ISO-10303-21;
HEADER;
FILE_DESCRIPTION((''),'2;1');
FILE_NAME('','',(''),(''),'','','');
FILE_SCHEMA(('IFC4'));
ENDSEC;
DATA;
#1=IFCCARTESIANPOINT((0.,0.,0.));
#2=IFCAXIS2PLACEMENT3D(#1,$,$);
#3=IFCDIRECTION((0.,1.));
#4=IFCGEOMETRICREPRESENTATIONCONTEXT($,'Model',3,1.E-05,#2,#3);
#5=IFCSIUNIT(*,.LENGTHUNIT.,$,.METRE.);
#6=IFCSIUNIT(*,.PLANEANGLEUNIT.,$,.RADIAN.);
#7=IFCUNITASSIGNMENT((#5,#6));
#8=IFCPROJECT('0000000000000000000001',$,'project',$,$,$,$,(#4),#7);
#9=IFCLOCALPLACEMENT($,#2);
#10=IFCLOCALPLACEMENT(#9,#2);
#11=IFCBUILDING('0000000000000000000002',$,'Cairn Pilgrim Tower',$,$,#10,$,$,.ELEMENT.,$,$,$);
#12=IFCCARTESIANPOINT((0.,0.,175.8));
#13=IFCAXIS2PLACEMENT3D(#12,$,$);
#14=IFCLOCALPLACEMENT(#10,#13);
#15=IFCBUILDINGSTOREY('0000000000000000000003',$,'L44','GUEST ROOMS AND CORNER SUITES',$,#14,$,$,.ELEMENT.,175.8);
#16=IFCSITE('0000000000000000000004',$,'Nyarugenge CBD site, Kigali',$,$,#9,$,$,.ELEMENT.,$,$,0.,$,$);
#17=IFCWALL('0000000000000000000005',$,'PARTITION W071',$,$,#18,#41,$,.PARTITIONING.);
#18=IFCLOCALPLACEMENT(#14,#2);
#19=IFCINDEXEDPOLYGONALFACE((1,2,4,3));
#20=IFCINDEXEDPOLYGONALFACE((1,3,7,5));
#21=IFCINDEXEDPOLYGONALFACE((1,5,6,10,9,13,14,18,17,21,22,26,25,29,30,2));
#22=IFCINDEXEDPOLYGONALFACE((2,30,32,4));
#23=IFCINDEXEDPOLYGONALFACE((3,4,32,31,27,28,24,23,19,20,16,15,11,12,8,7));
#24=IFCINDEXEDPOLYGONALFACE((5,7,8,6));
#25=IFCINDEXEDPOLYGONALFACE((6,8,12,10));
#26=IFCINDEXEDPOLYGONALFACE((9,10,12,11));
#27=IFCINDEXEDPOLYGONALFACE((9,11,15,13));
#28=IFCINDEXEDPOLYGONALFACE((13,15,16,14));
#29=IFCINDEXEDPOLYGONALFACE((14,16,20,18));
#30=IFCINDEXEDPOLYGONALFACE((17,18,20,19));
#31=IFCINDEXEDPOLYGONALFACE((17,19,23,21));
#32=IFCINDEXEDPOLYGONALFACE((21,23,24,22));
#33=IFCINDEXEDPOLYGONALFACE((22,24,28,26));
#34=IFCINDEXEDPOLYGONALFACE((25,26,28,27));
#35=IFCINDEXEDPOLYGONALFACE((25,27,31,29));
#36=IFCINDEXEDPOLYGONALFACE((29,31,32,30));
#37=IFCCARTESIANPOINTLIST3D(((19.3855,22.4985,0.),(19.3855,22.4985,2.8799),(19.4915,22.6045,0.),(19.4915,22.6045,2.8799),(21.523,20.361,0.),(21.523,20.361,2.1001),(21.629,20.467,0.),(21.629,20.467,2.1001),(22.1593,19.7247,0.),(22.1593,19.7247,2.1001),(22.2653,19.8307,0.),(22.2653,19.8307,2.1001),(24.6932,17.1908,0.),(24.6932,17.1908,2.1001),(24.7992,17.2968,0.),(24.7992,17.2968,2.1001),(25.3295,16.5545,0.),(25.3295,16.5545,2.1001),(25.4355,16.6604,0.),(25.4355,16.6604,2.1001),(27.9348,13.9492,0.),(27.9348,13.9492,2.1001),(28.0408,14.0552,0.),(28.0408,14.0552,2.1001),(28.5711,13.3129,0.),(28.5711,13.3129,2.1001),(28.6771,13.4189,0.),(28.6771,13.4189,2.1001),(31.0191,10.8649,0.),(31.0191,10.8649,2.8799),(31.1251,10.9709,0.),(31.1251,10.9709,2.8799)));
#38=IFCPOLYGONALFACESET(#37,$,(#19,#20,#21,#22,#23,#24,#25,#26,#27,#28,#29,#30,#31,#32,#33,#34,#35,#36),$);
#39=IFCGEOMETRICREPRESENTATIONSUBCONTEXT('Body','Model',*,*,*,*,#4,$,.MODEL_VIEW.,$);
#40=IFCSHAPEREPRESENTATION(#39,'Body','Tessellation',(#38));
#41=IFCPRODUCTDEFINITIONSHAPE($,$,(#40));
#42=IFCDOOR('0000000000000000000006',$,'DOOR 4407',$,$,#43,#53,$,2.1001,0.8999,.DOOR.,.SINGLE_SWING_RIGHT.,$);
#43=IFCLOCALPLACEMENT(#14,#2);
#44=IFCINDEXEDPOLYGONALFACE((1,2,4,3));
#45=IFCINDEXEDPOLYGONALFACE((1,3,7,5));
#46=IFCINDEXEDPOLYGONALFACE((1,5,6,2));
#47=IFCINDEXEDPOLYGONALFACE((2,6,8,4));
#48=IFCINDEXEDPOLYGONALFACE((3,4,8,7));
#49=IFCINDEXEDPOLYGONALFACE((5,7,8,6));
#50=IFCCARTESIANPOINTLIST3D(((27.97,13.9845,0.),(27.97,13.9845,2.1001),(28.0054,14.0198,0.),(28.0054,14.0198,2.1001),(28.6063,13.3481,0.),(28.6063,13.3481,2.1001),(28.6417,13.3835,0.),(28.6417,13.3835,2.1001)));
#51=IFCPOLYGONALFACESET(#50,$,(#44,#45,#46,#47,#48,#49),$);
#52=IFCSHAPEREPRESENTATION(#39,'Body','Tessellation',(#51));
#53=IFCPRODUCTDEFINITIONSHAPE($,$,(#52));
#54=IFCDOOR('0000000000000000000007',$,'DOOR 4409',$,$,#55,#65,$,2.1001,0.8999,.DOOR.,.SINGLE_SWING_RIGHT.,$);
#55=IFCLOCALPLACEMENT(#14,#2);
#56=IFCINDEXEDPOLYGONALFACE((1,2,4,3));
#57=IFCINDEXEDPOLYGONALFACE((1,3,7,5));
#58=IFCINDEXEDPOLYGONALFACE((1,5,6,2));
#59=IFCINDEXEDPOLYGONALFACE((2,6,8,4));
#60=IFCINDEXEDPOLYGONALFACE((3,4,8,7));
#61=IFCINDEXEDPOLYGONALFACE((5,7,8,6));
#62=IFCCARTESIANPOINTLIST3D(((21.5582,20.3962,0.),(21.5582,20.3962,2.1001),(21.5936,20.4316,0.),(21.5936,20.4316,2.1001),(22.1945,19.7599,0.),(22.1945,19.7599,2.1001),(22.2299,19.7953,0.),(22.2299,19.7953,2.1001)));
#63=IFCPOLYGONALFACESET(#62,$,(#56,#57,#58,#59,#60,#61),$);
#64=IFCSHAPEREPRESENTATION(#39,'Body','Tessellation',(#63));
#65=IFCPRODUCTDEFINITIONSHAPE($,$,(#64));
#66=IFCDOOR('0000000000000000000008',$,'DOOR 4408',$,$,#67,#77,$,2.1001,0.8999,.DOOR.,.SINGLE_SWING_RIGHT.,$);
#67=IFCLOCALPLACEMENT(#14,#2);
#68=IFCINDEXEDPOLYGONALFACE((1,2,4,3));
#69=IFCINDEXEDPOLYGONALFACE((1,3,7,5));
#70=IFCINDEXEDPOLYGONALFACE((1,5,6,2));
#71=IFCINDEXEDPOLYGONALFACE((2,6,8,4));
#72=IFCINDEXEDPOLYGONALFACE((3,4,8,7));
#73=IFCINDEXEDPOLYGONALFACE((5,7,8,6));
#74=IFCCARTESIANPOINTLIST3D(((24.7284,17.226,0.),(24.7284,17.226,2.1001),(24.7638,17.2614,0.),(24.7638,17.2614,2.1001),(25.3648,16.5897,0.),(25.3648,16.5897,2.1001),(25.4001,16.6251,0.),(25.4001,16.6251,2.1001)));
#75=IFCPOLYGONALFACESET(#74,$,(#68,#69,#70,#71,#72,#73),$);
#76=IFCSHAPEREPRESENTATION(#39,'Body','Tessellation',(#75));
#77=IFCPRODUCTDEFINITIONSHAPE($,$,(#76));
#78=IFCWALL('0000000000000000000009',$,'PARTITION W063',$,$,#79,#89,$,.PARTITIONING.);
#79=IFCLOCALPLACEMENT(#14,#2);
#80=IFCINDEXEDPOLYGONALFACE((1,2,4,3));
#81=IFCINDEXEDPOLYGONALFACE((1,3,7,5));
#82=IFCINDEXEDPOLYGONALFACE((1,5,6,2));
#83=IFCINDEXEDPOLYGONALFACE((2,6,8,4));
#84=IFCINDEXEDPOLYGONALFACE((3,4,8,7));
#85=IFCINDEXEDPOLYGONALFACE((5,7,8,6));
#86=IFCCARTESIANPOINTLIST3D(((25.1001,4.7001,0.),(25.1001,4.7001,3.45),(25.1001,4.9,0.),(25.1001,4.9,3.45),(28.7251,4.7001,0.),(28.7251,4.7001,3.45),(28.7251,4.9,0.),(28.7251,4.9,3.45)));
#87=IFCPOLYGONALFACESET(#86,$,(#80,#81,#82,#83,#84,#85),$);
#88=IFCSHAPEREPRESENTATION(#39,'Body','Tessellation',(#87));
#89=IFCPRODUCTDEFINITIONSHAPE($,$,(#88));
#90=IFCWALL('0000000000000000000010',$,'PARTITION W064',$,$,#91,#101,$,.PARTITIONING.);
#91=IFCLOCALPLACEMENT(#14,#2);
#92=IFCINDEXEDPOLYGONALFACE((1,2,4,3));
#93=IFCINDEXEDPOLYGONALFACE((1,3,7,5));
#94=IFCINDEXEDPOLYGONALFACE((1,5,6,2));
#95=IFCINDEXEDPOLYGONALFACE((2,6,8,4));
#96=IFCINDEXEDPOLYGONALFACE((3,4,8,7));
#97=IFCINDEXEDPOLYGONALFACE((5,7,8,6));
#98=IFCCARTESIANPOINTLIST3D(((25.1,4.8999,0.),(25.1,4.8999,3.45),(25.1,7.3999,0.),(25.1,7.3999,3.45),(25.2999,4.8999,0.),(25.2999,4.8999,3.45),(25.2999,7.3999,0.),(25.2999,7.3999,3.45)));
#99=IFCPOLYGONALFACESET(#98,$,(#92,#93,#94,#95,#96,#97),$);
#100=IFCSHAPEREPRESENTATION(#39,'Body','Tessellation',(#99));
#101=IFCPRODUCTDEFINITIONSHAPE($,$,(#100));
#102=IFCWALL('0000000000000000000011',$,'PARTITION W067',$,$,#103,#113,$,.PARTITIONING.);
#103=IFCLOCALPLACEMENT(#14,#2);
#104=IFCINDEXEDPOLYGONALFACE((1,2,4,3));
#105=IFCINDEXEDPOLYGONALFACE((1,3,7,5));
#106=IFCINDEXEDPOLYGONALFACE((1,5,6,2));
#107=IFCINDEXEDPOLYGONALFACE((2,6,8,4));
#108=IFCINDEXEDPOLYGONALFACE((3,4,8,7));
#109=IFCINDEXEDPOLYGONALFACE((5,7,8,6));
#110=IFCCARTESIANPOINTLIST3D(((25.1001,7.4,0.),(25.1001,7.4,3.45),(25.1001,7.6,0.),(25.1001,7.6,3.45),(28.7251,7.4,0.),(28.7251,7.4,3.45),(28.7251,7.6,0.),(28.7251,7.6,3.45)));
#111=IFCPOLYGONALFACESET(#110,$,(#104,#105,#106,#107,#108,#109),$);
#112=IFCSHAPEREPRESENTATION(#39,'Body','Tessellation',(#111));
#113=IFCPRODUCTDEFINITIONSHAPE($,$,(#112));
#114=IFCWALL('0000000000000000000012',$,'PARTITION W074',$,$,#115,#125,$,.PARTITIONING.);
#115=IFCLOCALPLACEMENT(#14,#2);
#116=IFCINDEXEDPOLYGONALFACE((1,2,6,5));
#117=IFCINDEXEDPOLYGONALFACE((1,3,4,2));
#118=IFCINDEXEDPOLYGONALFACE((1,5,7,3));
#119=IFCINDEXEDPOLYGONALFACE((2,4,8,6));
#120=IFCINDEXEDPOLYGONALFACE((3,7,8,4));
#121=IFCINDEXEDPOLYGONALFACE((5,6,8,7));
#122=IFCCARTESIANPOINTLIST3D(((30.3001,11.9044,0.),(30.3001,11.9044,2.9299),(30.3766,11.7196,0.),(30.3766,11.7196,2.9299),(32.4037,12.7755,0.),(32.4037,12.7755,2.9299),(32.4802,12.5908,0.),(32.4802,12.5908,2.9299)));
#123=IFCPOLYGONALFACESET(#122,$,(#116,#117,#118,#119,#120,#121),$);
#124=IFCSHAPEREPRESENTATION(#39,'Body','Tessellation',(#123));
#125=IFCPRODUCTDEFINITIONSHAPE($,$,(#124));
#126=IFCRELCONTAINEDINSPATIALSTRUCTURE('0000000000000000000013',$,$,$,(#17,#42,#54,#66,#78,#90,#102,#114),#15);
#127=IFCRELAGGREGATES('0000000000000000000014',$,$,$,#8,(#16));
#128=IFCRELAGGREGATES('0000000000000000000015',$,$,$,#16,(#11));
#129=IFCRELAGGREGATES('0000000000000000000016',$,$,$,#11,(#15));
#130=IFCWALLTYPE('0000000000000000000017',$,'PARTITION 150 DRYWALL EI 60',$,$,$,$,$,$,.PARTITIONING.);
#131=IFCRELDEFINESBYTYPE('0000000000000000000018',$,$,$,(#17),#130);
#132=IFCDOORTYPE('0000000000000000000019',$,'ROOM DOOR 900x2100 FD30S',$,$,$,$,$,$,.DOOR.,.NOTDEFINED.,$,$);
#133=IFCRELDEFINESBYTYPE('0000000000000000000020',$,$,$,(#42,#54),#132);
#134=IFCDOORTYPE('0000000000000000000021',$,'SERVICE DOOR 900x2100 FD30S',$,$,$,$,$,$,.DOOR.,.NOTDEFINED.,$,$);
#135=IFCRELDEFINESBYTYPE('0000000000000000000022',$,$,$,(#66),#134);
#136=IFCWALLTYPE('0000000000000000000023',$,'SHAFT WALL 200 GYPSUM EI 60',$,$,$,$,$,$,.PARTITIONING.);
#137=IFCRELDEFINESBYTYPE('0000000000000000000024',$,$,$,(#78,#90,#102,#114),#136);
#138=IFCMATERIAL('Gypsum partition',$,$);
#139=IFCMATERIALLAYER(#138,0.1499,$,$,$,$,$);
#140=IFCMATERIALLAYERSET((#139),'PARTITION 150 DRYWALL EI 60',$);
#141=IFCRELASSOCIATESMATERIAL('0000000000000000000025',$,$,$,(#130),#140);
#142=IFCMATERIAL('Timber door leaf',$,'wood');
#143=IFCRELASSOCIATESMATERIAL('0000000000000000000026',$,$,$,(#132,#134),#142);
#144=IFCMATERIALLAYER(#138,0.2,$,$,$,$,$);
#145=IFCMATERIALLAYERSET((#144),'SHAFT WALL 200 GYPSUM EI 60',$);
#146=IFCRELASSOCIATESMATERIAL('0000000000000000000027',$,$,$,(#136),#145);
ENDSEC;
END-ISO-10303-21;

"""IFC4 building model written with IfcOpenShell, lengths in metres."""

from ifc_helpers import new_model, si_unit, direction, frame, frame_2d, origin, place, context, subcontext, project, spatial, rectangle, extrude, material, layer, layer_set, type_object, element, fill, save


model = new_model("IFC4")

# Units and contexts
model_context = context("Model", 3, precision=1e-05, world=origin(), true_north=direction((0.0, 1.0)))
body_context = subcontext(model_context, "Body", "Model", "MODEL_VIEW")
ifc_project = project(units=[si_unit("LENGTHUNIT", "METRE"), si_unit("PLANEANGLEUNIT", "RADIAN")], contexts=[model_context])

# Site, building, storey
site_placement = place(None, origin())
site = spatial("IfcSite", under=ifc_project, at=site_placement, Name="Nyarugenge CBD site, Kigali", CompositionType="ELEMENT", RefElevation=0.0)
building_placement = place(site_placement, origin())
building = spatial("IfcBuilding", under=site, at=building_placement, Name="Cairn Pilgrim Tower", CompositionType="ELEMENT")
storey_placement = place(building_placement, frame((0.0, 0.0, 175.8)))
storey = spatial("IfcBuildingStorey", under=building, at=storey_placement, Name="L44", Description="GUEST ROOMS AND CORNER SUITES", CompositionType="ELEMENT", Elevation=175.8)

# Shared definitions
ifc_material_1 = material(Name="Gypsum partition")
ifc_material_2 = material(Name="Timber door leaf", Category="wood")

# Shared definitions
ifc_layer_1 = layer(ifc_material_1, 0.1499)
ifc_layer_set_1 = layer_set([ifc_layer_1], Name="PARTITION 150 DRYWALL EI 60")
wall_type_1 = type_object("IfcWallType", Name="PARTITION 150 DRYWALL EI 60", PredefinedType="PARTITIONING", material=ifc_layer_set_1)

# Wall, openings, doors
wall_1_placement = place(storey_placement, frame((31.072, 10.918, 0.0), z_axis=(0.0, 0.0, 1.0), x_axis=(-0.707107, 0.707107, 0.0)))
wall_1 = element("IfcWall", 1, at=wall_1_placement, inside=storey, type_object=wall_type_1, Name="PARTITION W071", PredefinedType="PARTITIONING", context=body_context, shape_type="SweptSolid", body=[
    extrude(rectangle(XDim=16.4524, YDim=0.1499, at=frame_2d((8.2261, 0.0))), origin(), (0.0, 0.0, 1.0), 2.8799),
])
opening_1_placement = place(wall_1_placement, frame((3.4619, 0.0, 0.0)))
opening_1 = element("IfcOpeningElement", 2, at=opening_1_placement, cuts=wall_1, PredefinedType="OPENING", context=body_context, shape_type="SweptSolid", body=[
    extrude(rectangle(XDim=0.8999, YDim=2.1001, at=frame_2d((0.45, 1.05))), frame((0.0, 0.085, 0.0), z_axis=(0.0, -1.0, 0.0), x_axis=(1.0, 0.0, 0.0)), (0.0, 0.0, 1.0), 0.1699),
])
opening_2_placement = place(wall_1_placement, frame((8.0461, 0.0, 0.0)))
opening_2 = element("IfcOpeningElement", 3, at=opening_2_placement, cuts=wall_1, PredefinedType="OPENING", context=body_context, shape_type="SweptSolid", body=[
    extrude(rectangle(XDim=0.8999, YDim=2.1001, at=frame_2d((0.45, 1.05))), frame((0.0, 0.085, 0.0), z_axis=(0.0, -1.0, 0.0), x_axis=(1.0, 0.0, 0.0)), (0.0, 0.0, 1.0), 0.1699),
])
opening_3_placement = place(wall_1_placement, frame((12.5295, 0.0, 0.0)))
opening_3 = element("IfcOpeningElement", 4, at=opening_3_placement, cuts=wall_1, PredefinedType="OPENING", context=body_context, shape_type="SweptSolid", body=[
    extrude(rectangle(XDim=0.8999, YDim=2.1001, at=frame_2d((0.45, 1.05))), frame((0.0, 0.085, 0.0), z_axis=(0.0, -1.0, 0.0), x_axis=(1.0, 0.0, 0.0)), (0.0, 0.0, 1.0), 0.1699),
])
door_type_1 = type_object("IfcDoorType", Name="ROOM DOOR 900x2100 FD30S", OperationType="NOTDEFINED", PredefinedType="DOOR", material=ifc_material_2)
door_1_placement = place(opening_1_placement, frame((0.8999, 0.0, 0.0), z_axis=(0.0, 0.0, 1.0), x_axis=(-1.0, 0.0, 0.0)))
door_1 = element("IfcDoor", 5, at=door_1_placement, inside=storey, type_object=door_type_1, Name="DOOR 4407", OperationType="SINGLE_SWING_RIGHT", OverallHeight=2.1001, OverallWidth=0.8999, PredefinedType="DOOR", context=body_context, shape_type="SweptSolid", body=[
    extrude(rectangle(XDim=0.8999, YDim=2.1001, at=frame_2d((0.45, 1.05))), frame((0.0, 0.0249, 0.0), z_axis=(0.0, -1.0, 0.0), x_axis=(1.0, 0.0, 0.0)), (0.0, 0.0, 1.0), 0.05),
])
fill(opening_1, door_1)
door_2_placement = place(opening_3_placement, frame((0.8999, 0.0, 0.0), z_axis=(0.0, 0.0, 1.0), x_axis=(-1.0, 0.0, 0.0)))
door_2 = element("IfcDoor", 6, at=door_2_placement, inside=storey, type_object=door_type_1, Name="DOOR 4409", OperationType="SINGLE_SWING_RIGHT", OverallHeight=2.1001, OverallWidth=0.8999, PredefinedType="DOOR", context=body_context, shape_type="SweptSolid", body=[
    extrude(rectangle(XDim=0.8999, YDim=2.1001, at=frame_2d((0.45, 1.05))), frame((0.0, 0.0249, 0.0), z_axis=(0.0, -1.0, 0.0), x_axis=(1.0, 0.0, 0.0)), (0.0, 0.0, 1.0), 0.05),
])
fill(opening_3, door_2)
door_type_2 = type_object("IfcDoorType", Name="SERVICE DOOR 900x2100 FD30S", OperationType="NOTDEFINED", PredefinedType="DOOR", material=ifc_material_2)
door_3_placement = place(opening_2_placement, frame((0.8999, 0.0, 0.0), z_axis=(0.0, 0.0, 1.0), x_axis=(-1.0, 0.0, 0.0)))
door_3 = element("IfcDoor", 7, at=door_3_placement, inside=storey, type_object=door_type_2, Name="DOOR 4408", OperationType="SINGLE_SWING_RIGHT", OverallHeight=2.1001, OverallWidth=0.8999, PredefinedType="DOOR", context=body_context, shape_type="SweptSolid", body=[
    extrude(rectangle(XDim=0.8999, YDim=2.1001, at=frame_2d((0.45, 1.05))), frame((0.0, 0.0249, 0.0), z_axis=(0.0, -1.0, 0.0), x_axis=(1.0, 0.0, 0.0)), (0.0, 0.0, 1.0), 0.05),
])
fill(opening_2, door_3)

# Walls
ifc_layer_2 = layer(ifc_material_1, 0.2)
ifc_layer_set_2 = layer_set([ifc_layer_2], Name="SHAFT WALL 200 GYPSUM EI 60")
wall_type_2 = type_object("IfcWallType", Name="SHAFT WALL 200 GYPSUM EI 60", PredefinedType="PARTITIONING", material=ifc_layer_set_2)
wall_2_placement = place(storey_placement, frame((25.1001, 4.8, 0.0), z_axis=(0.0, 0.0, 1.0), x_axis=(1.0, 0.0, 0.0)))
element("IfcWall", 8, at=wall_2_placement, inside=storey, type_object=wall_type_2, Name="PARTITION W063", PredefinedType="PARTITIONING", context=body_context, shape_type="SweptSolid", body=[
    extrude(rectangle(XDim=3.625, YDim=0.2, at=frame_2d((1.8125, 0.0))), origin(), (0.0, 0.0, 1.0), 3.45),
])
wall_3_placement = place(storey_placement, frame((25.2, 4.8999, 0.0), z_axis=(0.0, 0.0, 1.0), x_axis=(0.0, 1.0, 0.0)))
element("IfcWall", 9, at=wall_3_placement, inside=storey, type_object=wall_type_2, Name="PARTITION W064", PredefinedType="PARTITIONING", context=body_context, shape_type="SweptSolid", body=[
    extrude(rectangle(XDim=2.5, YDim=0.2, at=frame_2d((1.25, 0.0))), origin(), (0.0, 0.0, 1.0), 3.45),
])
wall_4_placement = place(storey_placement, frame((25.1001, 7.5, 0.0), z_axis=(0.0, 0.0, 1.0), x_axis=(1.0, 0.0, 0.0)))
element("IfcWall", 10, at=wall_4_placement, inside=storey, type_object=wall_type_2, Name="PARTITION W067", PredefinedType="PARTITIONING", context=body_context, shape_type="SweptSolid", body=[
    extrude(rectangle(XDim=3.625, YDim=0.2, at=frame_2d((1.8125, 0.0))), origin(), (0.0, 0.0, 1.0), 3.45),
])
wall_5_placement = place(storey_placement, frame((30.3384, 11.812, 0.0), z_axis=(0.0, 0.0, 1.0), x_axis=(0.923912, 0.382604, 0.0)))
element("IfcWall", 11, at=wall_5_placement, inside=storey, type_object=wall_type_2, Name="PARTITION W074", PredefinedType="PARTITIONING", context=body_context, shape_type="SweptSolid", body=[
    extrude(rectangle(XDim=2.2769, YDim=0.2, at=frame_2d((1.1384, 0.0))), origin(), (0.0, 0.0, 1.0), 2.9299),
])

save(model, "model.ifc")
